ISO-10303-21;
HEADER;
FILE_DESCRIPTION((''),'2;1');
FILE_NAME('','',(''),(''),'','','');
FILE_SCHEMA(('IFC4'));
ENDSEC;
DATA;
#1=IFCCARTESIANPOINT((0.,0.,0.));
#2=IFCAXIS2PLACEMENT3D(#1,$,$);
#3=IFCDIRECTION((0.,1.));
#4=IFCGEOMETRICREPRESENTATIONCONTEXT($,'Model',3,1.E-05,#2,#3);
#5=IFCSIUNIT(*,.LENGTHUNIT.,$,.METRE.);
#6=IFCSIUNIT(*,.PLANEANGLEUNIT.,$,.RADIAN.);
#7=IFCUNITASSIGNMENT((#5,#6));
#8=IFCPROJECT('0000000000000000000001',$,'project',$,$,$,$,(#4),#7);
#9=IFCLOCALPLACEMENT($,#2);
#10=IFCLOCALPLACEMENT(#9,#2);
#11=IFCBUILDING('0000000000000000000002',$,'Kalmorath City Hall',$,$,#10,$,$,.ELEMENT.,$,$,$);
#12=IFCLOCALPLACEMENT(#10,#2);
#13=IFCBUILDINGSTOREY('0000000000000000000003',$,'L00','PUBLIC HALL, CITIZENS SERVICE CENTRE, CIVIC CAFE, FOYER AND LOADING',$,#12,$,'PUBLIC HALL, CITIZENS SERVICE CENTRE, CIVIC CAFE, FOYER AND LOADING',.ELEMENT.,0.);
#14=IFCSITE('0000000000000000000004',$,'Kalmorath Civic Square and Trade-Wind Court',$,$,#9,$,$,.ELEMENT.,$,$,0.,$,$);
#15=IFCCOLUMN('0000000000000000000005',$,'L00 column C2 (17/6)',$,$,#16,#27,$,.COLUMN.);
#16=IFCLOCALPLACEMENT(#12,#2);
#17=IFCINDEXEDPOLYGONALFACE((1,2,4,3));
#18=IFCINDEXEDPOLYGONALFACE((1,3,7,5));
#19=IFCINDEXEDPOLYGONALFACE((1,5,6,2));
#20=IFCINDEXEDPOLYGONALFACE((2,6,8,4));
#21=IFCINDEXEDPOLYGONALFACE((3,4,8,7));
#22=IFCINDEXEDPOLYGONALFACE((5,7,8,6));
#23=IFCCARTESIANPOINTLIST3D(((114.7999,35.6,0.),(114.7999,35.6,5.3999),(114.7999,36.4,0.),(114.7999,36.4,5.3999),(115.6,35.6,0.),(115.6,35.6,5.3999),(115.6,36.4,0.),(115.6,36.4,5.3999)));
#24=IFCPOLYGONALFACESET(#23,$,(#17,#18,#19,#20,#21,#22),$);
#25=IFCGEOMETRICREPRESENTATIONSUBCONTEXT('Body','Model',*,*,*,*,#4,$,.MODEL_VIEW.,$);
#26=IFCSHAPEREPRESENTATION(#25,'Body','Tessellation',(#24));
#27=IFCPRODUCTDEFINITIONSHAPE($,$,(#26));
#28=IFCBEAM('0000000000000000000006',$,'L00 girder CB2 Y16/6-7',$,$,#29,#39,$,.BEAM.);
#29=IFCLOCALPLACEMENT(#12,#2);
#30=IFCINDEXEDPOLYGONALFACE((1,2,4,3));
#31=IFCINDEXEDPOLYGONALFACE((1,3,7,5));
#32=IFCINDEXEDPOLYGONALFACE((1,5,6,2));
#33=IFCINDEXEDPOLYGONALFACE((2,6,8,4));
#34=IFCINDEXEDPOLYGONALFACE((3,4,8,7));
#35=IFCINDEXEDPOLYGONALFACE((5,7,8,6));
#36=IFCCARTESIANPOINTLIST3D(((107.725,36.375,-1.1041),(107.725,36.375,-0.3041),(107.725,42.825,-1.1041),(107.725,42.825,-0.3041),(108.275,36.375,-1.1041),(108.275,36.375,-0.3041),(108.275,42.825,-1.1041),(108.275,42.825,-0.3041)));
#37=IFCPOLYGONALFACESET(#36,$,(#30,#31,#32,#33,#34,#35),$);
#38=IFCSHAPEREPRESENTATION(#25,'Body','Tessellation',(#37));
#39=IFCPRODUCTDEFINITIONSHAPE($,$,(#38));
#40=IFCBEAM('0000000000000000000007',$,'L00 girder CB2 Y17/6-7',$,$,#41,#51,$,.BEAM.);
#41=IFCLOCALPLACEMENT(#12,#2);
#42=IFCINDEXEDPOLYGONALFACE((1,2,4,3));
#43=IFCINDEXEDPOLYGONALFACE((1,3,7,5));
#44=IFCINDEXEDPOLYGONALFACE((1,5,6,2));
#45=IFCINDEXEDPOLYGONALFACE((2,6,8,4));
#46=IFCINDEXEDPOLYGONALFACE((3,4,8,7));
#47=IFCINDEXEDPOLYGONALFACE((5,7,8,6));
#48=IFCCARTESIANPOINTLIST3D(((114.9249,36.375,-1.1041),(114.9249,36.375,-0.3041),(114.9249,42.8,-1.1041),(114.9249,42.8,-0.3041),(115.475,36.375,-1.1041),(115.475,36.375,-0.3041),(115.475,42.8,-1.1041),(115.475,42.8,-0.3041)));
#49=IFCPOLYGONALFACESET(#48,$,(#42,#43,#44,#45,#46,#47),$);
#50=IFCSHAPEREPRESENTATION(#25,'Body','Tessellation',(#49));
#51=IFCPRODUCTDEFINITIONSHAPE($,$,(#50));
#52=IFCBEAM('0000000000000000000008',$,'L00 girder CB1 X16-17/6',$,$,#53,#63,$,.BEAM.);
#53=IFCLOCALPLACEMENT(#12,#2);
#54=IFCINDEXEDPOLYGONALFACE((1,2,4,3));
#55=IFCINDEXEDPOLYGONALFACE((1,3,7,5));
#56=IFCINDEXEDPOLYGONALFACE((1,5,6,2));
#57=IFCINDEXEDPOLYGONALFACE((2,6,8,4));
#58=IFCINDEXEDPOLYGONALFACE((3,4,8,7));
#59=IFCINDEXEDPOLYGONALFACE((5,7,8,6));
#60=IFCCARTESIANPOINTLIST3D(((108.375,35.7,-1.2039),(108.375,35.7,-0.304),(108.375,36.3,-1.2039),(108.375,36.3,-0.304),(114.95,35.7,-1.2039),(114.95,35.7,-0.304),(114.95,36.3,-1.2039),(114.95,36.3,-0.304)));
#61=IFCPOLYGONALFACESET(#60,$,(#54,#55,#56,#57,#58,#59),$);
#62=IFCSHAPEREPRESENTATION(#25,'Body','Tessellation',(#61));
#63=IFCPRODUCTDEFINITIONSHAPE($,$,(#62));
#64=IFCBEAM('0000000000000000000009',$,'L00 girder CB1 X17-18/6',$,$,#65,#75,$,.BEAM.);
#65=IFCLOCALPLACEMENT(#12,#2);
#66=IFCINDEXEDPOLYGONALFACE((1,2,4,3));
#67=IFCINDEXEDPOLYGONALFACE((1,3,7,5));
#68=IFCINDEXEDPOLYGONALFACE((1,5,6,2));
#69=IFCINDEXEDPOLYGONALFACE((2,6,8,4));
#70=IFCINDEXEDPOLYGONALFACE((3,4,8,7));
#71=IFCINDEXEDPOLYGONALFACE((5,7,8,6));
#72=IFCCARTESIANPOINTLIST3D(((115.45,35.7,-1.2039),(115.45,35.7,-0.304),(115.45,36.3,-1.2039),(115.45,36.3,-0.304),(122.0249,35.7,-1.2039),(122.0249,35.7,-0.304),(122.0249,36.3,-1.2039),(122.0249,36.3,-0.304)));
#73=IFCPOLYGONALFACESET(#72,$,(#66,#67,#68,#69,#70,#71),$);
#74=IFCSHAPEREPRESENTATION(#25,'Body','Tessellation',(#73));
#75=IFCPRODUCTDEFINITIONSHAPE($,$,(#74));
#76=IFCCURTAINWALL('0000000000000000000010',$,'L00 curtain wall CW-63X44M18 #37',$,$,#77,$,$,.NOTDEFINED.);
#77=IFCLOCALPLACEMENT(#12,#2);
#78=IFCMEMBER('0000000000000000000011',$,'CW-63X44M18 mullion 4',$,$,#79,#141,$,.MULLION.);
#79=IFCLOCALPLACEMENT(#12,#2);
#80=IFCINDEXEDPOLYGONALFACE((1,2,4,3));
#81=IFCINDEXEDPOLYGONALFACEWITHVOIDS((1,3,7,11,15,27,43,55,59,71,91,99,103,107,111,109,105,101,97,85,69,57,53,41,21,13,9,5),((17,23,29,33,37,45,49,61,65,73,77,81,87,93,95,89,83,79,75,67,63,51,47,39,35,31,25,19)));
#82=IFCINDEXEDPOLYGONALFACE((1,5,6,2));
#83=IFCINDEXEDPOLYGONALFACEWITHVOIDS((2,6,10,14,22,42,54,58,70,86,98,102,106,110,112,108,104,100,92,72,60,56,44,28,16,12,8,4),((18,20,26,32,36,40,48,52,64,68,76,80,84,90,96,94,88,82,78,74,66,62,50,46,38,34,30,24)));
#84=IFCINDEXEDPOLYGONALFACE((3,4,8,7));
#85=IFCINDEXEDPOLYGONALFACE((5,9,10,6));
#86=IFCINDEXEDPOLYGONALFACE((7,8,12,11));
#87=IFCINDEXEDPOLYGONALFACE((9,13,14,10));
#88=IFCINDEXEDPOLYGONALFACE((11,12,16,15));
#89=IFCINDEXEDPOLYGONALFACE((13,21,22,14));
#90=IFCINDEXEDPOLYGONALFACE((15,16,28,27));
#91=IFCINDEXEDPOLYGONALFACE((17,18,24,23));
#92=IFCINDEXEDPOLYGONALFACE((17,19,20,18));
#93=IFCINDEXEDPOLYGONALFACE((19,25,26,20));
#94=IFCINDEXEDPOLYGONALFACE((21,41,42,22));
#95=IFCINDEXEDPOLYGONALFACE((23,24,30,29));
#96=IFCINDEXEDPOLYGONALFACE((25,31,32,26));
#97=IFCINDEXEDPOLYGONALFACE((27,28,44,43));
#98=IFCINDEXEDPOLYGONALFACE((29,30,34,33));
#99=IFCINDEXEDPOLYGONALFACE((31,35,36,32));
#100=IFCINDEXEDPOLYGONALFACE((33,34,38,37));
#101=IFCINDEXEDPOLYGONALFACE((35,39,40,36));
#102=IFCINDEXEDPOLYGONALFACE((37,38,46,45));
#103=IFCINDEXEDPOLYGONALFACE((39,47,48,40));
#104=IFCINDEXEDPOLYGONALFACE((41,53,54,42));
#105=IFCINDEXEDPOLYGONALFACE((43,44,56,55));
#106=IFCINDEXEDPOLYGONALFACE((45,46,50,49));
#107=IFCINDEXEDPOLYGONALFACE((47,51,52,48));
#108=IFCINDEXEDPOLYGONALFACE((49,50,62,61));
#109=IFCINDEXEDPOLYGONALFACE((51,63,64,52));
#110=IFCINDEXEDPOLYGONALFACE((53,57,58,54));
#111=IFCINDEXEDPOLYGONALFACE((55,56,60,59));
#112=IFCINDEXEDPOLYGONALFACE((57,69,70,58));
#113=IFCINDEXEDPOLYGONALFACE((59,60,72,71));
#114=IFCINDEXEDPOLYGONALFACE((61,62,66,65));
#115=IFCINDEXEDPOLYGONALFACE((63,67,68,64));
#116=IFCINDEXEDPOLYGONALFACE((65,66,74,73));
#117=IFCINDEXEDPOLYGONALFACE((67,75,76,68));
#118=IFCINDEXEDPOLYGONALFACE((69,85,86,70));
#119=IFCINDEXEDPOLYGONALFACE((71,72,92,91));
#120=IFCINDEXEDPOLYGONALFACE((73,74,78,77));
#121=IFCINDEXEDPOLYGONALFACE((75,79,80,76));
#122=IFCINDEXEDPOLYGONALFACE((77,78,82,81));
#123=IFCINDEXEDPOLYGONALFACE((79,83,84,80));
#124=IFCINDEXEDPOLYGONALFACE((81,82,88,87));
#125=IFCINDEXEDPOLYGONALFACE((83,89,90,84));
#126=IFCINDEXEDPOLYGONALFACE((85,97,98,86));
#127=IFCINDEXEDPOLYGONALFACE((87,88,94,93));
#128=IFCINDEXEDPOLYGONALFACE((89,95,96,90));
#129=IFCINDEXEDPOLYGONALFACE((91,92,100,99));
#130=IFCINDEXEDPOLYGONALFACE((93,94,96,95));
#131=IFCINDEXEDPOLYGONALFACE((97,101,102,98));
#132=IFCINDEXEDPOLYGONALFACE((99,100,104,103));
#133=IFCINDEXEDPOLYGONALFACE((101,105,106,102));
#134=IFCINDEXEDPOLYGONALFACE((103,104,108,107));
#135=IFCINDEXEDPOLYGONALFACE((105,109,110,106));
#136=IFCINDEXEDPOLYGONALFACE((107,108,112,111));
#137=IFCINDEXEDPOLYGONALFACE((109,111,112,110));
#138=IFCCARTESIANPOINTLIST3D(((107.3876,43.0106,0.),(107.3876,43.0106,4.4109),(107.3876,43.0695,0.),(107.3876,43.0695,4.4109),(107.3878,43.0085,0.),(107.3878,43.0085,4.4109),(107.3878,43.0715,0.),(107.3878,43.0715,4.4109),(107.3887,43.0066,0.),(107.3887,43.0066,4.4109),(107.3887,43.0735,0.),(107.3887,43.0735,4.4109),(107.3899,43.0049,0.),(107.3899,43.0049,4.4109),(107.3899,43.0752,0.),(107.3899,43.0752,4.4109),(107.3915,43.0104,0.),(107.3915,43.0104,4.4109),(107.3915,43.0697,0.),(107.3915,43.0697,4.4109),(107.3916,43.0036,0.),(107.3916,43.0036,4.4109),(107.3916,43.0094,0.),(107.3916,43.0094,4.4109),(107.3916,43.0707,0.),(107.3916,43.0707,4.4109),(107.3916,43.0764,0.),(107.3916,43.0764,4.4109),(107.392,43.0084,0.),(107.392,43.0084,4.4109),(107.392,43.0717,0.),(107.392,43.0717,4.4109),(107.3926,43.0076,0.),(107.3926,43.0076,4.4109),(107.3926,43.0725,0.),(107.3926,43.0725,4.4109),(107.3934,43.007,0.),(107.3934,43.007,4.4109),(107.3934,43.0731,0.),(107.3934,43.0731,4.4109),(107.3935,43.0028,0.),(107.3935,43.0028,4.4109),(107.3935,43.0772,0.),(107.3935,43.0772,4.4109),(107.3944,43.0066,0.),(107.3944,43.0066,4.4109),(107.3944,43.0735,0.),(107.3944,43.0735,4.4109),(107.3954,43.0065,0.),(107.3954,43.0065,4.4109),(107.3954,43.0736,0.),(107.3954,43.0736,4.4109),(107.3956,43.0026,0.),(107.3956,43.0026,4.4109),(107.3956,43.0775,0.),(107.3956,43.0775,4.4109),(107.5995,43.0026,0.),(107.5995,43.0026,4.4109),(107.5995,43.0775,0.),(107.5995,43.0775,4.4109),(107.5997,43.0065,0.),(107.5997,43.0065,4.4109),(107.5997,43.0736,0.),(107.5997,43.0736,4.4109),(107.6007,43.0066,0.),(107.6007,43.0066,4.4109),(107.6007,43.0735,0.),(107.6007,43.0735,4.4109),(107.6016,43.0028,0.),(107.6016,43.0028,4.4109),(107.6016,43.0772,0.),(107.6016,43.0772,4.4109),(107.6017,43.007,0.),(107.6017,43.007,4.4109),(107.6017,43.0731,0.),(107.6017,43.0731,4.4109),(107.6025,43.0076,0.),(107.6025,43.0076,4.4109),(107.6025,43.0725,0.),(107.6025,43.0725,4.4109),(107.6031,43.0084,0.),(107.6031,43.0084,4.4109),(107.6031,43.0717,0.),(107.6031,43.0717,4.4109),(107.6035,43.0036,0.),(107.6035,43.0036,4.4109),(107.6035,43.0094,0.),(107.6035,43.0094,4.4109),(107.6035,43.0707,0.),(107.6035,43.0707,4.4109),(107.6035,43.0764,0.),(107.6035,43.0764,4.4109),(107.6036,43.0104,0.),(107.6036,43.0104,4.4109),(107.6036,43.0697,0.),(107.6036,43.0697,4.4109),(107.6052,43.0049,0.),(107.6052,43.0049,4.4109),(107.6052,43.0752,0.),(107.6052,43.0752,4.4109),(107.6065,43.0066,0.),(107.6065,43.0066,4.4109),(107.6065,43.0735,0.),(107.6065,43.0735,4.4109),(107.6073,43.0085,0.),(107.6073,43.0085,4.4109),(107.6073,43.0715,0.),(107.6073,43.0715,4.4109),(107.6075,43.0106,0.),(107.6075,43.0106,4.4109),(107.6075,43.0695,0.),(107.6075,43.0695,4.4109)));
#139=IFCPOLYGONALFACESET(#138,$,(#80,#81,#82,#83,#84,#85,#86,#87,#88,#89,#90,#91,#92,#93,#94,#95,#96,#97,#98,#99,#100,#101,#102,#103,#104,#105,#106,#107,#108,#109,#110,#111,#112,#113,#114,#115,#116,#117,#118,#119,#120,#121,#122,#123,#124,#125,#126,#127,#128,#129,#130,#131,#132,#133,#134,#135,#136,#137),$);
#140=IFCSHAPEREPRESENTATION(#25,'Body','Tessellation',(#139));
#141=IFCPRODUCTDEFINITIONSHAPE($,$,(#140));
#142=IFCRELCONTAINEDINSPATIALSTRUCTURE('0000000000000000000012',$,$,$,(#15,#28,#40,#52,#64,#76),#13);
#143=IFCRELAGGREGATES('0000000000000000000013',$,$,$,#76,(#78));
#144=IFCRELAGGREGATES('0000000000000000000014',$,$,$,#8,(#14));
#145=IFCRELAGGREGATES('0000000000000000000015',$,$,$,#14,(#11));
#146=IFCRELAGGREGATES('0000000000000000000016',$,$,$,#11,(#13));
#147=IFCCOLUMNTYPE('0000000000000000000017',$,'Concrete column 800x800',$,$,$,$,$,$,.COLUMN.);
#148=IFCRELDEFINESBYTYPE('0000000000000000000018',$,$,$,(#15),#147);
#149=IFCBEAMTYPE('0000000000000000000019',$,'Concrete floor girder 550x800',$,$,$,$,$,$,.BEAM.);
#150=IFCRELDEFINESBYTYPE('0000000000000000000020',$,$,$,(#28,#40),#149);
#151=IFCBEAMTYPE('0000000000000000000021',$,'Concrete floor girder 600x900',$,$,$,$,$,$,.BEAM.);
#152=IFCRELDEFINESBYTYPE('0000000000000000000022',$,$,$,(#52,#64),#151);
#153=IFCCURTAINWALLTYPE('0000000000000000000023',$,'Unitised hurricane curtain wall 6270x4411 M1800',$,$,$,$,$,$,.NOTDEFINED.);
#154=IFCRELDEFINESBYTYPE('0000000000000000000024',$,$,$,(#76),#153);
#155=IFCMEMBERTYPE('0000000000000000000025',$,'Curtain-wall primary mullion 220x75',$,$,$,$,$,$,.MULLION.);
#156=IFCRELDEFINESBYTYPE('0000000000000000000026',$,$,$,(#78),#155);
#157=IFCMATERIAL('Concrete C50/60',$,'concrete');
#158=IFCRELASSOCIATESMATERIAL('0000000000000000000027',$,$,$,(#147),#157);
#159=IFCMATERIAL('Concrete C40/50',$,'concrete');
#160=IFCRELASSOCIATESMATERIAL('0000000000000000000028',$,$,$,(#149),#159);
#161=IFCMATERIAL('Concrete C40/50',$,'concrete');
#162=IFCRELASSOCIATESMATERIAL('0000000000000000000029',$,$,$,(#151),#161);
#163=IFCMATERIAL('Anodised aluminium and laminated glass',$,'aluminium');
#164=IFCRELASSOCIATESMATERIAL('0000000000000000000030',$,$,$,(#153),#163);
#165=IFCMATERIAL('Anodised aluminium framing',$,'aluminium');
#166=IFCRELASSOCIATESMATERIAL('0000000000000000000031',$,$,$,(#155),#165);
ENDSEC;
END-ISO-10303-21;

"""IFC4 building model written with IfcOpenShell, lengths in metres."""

from ifc_helpers import new_model, si_unit, direction, frame, origin, origin_2d, place, context, subcontext, project, spatial, rectangle, hollow_rectangle, extrude, material, material_profile, profile_set, type_object, element, aggregate, save


model = new_model("IFC4")

# Units and contexts
model_context = context("Model", 3, precision=1e-05, world=origin(), true_north=direction((0.0, 1.0)))
body_context = subcontext(model_context, "Body", "Model", "MODEL_VIEW")
ifc_project = project(units=[si_unit("LENGTHUNIT", "METRE"), si_unit("PLANEANGLEUNIT", "RADIAN")], contexts=[model_context])

# Site, building, storey
site_placement = place(None, origin())
site = spatial("IfcSite", under=ifc_project, at=site_placement, Name="Kalmorath Civic Square and Trade-Wind Court", CompositionType="ELEMENT", RefElevation=0.0)
building_placement = place(site_placement, origin())
building = spatial("IfcBuilding", under=site, at=building_placement, Name="Kalmorath City Hall", CompositionType="ELEMENT")
storey_placement = place(building_placement, origin())
storey = spatial("IfcBuildingStorey", under=building, at=storey_placement, Name="L00", Description="PUBLIC HALL, CITIZENS SERVICE CENTRE, CIVIC CAFE, FOYER AND LOADING", LongName="PUBLIC HALL, CITIZENS SERVICE CENTRE, CIVIC CAFE, FOYER AND LOADING", CompositionType="ELEMENT", Elevation=0.0)

# Column
ifc_material_1 = material(Name="Concrete C50/60", Category="concrete")
ifc_material_profile_1 = material_profile(ifc_material_1, rectangle(XDim=0.8, YDim=0.8, at=origin_2d()), Name="RC-COL-800X800")
ifc_profile_set_1 = profile_set([ifc_material_profile_1], Name="Concrete C50/60")
column_type = type_object("IfcColumnType", Name="Concrete column 800x800", PredefinedType="COLUMN", material=ifc_profile_set_1)
column_placement = place(storey_placement, frame((115.2, 36.0, 0.0), z_axis=(0.0, 0.0, 1.0), x_axis=(1.0, 0.0, 0.0)))
element("IfcColumn", 1, at=column_placement, inside=storey, type_object=column_type, Name="L00 column C2 (17/6)", PredefinedType="COLUMN", context=body_context, shape_type="SweptSolid", body=[
    extrude(rectangle(XDim=0.8, YDim=0.8, at=origin_2d()), origin(), (0.0, 0.0, 1.0), 5.3999),
])

# Beams
ifc_material_2 = material(Name="Concrete C40/50", Category="concrete")
ifc_material_profile_2 = material_profile(ifc_material_2, rectangle(XDim=0.55, YDim=0.8, at=origin_2d()), Name="RC-BM-550X800")
ifc_profile_set_2 = profile_set([ifc_material_profile_2], Name="Concrete C40/50")
beam_type_1 = type_object("IfcBeamType", Name="Concrete floor girder 550x800", PredefinedType="BEAM", material=ifc_profile_set_2)
beam_1_placement = place(storey_placement, frame((108.0, 36.375, -0.7041), z_axis=(0.0, 1.0, 0.0), x_axis=(-1.0, 0.0, 0.0)))
element("IfcBeam", 2, at=beam_1_placement, inside=storey, type_object=beam_type_1, Name="L00 girder CB2 Y16/6-7", PredefinedType="BEAM", context=body_context, shape_type="SweptSolid", body=[
    extrude(rectangle(XDim=0.55, YDim=0.8, at=origin_2d()), origin(), (0.0, 0.0, 1.0), 6.45),
])
beam_2_placement = place(storey_placement, frame((115.2, 36.375, -0.7041), z_axis=(0.0, 1.0, 0.0), x_axis=(-1.0, 0.0, 0.0)))
element("IfcBeam", 3, at=beam_2_placement, inside=storey, type_object=beam_type_1, Name="L00 girder CB2 Y17/6-7", PredefinedType="BEAM", context=body_context, shape_type="SweptSolid", body=[
    extrude(rectangle(XDim=0.55, YDim=0.8, at=origin_2d()), origin(), (0.0, 0.0, 1.0), 6.425),
])
ifc_material_3 = material(Name="Concrete C40/50", Category="concrete")
ifc_material_profile_3 = material_profile(ifc_material_3, rectangle(XDim=0.6001, YDim=0.8999, at=origin_2d()), Name="RC-BM-600X900")
ifc_profile_set_3 = profile_set([ifc_material_profile_3], Name="Concrete C40/50")
beam_type_2 = type_object("IfcBeamType", Name="Concrete floor girder 600x900", PredefinedType="BEAM", material=ifc_profile_set_3)
for number, where, z_axis, x_axis, name in (
    (4, (108.375, 36.0, -0.7539), (1.0, 0.0, 0.0), (0.0, 1.0, 0.0), "L00 girder CB1 X16-17/6"),
    (5, (115.45, 36.0, -0.7539), (1.0, 0.0, 0.0), (0.0, 1.0, 0.0), "L00 girder CB1 X17-18/6"),
):
    element("IfcBeam", number, at=place(storey_placement, frame(where, z_axis=z_axis, x_axis=x_axis)), inside=storey, type_object=beam_type_2, Name=name, PredefinedType="BEAM", context=body_context, shape_type="SweptSolid", body=[
        extrude(rectangle(XDim=0.6001, YDim=0.8999, at=origin_2d()), origin(), (0.0, 0.0, 1.0), 6.575),
    ])

# Curtain wall, member
ifc_material_4 = material(Name="Anodised aluminium and laminated glass", Category="aluminium")
curtain_wall_type_1 = type_object("IfcCurtainWallType", Name="Unitised hurricane curtain wall 6270x4411 M1800", PredefinedType="NOTDEFINED", material=ifc_material_4)
curtain_wall_1_placement = place(storey_placement, origin())
curtain_wall_1 = element("IfcCurtainWall", 6, at=curtain_wall_1_placement, inside=storey, type_object=curtain_wall_type_1, Name="L00 curtain wall CW-63X44M18 #37", PredefinedType="NOTDEFINED")
ifc_material_5 = material(Name="Anodised aluminium framing", Category="aluminium")
ifc_material_profile_4 = material_profile(ifc_material_5, hollow_rectangle(XDim=0.075, YDim=0.22, WallThickness=0.0039, InnerFilletRadius=0.0039, OuterFilletRadius=0.0081, at=origin_2d()), Name="ALU-MUL-220X75X4")
ifc_profile_set_4 = profile_set([ifc_material_profile_4], Name="Anodised aluminium framing")
member_type_1 = type_object("IfcMemberType", Name="Curtain-wall primary mullion 220x75", PredefinedType="MULLION", material=ifc_profile_set_4)
member_1_placement = place(storey_placement, frame((107.4976, 43.04, 0.0), z_axis=(0.0, 0.0, 1.0), x_axis=(0.0, 1.0, 0.0)))
member_1 = element("IfcMember", 7, at=member_1_placement, type_object=member_type_1, Name="CW-63X44M18 mullion 4", PredefinedType="MULLION", context=body_context, shape_type="SweptSolid", body=[
    extrude(hollow_rectangle(XDim=0.075, YDim=0.22, WallThickness=0.0039, InnerFilletRadius=0.0039, OuterFilletRadius=0.0081, at=origin_2d()), origin(), (0.0, 0.0, 1.0), 4.4109),
])

aggregate(curtain_wall_1, [member_1])

save(model, "model.ifc")
